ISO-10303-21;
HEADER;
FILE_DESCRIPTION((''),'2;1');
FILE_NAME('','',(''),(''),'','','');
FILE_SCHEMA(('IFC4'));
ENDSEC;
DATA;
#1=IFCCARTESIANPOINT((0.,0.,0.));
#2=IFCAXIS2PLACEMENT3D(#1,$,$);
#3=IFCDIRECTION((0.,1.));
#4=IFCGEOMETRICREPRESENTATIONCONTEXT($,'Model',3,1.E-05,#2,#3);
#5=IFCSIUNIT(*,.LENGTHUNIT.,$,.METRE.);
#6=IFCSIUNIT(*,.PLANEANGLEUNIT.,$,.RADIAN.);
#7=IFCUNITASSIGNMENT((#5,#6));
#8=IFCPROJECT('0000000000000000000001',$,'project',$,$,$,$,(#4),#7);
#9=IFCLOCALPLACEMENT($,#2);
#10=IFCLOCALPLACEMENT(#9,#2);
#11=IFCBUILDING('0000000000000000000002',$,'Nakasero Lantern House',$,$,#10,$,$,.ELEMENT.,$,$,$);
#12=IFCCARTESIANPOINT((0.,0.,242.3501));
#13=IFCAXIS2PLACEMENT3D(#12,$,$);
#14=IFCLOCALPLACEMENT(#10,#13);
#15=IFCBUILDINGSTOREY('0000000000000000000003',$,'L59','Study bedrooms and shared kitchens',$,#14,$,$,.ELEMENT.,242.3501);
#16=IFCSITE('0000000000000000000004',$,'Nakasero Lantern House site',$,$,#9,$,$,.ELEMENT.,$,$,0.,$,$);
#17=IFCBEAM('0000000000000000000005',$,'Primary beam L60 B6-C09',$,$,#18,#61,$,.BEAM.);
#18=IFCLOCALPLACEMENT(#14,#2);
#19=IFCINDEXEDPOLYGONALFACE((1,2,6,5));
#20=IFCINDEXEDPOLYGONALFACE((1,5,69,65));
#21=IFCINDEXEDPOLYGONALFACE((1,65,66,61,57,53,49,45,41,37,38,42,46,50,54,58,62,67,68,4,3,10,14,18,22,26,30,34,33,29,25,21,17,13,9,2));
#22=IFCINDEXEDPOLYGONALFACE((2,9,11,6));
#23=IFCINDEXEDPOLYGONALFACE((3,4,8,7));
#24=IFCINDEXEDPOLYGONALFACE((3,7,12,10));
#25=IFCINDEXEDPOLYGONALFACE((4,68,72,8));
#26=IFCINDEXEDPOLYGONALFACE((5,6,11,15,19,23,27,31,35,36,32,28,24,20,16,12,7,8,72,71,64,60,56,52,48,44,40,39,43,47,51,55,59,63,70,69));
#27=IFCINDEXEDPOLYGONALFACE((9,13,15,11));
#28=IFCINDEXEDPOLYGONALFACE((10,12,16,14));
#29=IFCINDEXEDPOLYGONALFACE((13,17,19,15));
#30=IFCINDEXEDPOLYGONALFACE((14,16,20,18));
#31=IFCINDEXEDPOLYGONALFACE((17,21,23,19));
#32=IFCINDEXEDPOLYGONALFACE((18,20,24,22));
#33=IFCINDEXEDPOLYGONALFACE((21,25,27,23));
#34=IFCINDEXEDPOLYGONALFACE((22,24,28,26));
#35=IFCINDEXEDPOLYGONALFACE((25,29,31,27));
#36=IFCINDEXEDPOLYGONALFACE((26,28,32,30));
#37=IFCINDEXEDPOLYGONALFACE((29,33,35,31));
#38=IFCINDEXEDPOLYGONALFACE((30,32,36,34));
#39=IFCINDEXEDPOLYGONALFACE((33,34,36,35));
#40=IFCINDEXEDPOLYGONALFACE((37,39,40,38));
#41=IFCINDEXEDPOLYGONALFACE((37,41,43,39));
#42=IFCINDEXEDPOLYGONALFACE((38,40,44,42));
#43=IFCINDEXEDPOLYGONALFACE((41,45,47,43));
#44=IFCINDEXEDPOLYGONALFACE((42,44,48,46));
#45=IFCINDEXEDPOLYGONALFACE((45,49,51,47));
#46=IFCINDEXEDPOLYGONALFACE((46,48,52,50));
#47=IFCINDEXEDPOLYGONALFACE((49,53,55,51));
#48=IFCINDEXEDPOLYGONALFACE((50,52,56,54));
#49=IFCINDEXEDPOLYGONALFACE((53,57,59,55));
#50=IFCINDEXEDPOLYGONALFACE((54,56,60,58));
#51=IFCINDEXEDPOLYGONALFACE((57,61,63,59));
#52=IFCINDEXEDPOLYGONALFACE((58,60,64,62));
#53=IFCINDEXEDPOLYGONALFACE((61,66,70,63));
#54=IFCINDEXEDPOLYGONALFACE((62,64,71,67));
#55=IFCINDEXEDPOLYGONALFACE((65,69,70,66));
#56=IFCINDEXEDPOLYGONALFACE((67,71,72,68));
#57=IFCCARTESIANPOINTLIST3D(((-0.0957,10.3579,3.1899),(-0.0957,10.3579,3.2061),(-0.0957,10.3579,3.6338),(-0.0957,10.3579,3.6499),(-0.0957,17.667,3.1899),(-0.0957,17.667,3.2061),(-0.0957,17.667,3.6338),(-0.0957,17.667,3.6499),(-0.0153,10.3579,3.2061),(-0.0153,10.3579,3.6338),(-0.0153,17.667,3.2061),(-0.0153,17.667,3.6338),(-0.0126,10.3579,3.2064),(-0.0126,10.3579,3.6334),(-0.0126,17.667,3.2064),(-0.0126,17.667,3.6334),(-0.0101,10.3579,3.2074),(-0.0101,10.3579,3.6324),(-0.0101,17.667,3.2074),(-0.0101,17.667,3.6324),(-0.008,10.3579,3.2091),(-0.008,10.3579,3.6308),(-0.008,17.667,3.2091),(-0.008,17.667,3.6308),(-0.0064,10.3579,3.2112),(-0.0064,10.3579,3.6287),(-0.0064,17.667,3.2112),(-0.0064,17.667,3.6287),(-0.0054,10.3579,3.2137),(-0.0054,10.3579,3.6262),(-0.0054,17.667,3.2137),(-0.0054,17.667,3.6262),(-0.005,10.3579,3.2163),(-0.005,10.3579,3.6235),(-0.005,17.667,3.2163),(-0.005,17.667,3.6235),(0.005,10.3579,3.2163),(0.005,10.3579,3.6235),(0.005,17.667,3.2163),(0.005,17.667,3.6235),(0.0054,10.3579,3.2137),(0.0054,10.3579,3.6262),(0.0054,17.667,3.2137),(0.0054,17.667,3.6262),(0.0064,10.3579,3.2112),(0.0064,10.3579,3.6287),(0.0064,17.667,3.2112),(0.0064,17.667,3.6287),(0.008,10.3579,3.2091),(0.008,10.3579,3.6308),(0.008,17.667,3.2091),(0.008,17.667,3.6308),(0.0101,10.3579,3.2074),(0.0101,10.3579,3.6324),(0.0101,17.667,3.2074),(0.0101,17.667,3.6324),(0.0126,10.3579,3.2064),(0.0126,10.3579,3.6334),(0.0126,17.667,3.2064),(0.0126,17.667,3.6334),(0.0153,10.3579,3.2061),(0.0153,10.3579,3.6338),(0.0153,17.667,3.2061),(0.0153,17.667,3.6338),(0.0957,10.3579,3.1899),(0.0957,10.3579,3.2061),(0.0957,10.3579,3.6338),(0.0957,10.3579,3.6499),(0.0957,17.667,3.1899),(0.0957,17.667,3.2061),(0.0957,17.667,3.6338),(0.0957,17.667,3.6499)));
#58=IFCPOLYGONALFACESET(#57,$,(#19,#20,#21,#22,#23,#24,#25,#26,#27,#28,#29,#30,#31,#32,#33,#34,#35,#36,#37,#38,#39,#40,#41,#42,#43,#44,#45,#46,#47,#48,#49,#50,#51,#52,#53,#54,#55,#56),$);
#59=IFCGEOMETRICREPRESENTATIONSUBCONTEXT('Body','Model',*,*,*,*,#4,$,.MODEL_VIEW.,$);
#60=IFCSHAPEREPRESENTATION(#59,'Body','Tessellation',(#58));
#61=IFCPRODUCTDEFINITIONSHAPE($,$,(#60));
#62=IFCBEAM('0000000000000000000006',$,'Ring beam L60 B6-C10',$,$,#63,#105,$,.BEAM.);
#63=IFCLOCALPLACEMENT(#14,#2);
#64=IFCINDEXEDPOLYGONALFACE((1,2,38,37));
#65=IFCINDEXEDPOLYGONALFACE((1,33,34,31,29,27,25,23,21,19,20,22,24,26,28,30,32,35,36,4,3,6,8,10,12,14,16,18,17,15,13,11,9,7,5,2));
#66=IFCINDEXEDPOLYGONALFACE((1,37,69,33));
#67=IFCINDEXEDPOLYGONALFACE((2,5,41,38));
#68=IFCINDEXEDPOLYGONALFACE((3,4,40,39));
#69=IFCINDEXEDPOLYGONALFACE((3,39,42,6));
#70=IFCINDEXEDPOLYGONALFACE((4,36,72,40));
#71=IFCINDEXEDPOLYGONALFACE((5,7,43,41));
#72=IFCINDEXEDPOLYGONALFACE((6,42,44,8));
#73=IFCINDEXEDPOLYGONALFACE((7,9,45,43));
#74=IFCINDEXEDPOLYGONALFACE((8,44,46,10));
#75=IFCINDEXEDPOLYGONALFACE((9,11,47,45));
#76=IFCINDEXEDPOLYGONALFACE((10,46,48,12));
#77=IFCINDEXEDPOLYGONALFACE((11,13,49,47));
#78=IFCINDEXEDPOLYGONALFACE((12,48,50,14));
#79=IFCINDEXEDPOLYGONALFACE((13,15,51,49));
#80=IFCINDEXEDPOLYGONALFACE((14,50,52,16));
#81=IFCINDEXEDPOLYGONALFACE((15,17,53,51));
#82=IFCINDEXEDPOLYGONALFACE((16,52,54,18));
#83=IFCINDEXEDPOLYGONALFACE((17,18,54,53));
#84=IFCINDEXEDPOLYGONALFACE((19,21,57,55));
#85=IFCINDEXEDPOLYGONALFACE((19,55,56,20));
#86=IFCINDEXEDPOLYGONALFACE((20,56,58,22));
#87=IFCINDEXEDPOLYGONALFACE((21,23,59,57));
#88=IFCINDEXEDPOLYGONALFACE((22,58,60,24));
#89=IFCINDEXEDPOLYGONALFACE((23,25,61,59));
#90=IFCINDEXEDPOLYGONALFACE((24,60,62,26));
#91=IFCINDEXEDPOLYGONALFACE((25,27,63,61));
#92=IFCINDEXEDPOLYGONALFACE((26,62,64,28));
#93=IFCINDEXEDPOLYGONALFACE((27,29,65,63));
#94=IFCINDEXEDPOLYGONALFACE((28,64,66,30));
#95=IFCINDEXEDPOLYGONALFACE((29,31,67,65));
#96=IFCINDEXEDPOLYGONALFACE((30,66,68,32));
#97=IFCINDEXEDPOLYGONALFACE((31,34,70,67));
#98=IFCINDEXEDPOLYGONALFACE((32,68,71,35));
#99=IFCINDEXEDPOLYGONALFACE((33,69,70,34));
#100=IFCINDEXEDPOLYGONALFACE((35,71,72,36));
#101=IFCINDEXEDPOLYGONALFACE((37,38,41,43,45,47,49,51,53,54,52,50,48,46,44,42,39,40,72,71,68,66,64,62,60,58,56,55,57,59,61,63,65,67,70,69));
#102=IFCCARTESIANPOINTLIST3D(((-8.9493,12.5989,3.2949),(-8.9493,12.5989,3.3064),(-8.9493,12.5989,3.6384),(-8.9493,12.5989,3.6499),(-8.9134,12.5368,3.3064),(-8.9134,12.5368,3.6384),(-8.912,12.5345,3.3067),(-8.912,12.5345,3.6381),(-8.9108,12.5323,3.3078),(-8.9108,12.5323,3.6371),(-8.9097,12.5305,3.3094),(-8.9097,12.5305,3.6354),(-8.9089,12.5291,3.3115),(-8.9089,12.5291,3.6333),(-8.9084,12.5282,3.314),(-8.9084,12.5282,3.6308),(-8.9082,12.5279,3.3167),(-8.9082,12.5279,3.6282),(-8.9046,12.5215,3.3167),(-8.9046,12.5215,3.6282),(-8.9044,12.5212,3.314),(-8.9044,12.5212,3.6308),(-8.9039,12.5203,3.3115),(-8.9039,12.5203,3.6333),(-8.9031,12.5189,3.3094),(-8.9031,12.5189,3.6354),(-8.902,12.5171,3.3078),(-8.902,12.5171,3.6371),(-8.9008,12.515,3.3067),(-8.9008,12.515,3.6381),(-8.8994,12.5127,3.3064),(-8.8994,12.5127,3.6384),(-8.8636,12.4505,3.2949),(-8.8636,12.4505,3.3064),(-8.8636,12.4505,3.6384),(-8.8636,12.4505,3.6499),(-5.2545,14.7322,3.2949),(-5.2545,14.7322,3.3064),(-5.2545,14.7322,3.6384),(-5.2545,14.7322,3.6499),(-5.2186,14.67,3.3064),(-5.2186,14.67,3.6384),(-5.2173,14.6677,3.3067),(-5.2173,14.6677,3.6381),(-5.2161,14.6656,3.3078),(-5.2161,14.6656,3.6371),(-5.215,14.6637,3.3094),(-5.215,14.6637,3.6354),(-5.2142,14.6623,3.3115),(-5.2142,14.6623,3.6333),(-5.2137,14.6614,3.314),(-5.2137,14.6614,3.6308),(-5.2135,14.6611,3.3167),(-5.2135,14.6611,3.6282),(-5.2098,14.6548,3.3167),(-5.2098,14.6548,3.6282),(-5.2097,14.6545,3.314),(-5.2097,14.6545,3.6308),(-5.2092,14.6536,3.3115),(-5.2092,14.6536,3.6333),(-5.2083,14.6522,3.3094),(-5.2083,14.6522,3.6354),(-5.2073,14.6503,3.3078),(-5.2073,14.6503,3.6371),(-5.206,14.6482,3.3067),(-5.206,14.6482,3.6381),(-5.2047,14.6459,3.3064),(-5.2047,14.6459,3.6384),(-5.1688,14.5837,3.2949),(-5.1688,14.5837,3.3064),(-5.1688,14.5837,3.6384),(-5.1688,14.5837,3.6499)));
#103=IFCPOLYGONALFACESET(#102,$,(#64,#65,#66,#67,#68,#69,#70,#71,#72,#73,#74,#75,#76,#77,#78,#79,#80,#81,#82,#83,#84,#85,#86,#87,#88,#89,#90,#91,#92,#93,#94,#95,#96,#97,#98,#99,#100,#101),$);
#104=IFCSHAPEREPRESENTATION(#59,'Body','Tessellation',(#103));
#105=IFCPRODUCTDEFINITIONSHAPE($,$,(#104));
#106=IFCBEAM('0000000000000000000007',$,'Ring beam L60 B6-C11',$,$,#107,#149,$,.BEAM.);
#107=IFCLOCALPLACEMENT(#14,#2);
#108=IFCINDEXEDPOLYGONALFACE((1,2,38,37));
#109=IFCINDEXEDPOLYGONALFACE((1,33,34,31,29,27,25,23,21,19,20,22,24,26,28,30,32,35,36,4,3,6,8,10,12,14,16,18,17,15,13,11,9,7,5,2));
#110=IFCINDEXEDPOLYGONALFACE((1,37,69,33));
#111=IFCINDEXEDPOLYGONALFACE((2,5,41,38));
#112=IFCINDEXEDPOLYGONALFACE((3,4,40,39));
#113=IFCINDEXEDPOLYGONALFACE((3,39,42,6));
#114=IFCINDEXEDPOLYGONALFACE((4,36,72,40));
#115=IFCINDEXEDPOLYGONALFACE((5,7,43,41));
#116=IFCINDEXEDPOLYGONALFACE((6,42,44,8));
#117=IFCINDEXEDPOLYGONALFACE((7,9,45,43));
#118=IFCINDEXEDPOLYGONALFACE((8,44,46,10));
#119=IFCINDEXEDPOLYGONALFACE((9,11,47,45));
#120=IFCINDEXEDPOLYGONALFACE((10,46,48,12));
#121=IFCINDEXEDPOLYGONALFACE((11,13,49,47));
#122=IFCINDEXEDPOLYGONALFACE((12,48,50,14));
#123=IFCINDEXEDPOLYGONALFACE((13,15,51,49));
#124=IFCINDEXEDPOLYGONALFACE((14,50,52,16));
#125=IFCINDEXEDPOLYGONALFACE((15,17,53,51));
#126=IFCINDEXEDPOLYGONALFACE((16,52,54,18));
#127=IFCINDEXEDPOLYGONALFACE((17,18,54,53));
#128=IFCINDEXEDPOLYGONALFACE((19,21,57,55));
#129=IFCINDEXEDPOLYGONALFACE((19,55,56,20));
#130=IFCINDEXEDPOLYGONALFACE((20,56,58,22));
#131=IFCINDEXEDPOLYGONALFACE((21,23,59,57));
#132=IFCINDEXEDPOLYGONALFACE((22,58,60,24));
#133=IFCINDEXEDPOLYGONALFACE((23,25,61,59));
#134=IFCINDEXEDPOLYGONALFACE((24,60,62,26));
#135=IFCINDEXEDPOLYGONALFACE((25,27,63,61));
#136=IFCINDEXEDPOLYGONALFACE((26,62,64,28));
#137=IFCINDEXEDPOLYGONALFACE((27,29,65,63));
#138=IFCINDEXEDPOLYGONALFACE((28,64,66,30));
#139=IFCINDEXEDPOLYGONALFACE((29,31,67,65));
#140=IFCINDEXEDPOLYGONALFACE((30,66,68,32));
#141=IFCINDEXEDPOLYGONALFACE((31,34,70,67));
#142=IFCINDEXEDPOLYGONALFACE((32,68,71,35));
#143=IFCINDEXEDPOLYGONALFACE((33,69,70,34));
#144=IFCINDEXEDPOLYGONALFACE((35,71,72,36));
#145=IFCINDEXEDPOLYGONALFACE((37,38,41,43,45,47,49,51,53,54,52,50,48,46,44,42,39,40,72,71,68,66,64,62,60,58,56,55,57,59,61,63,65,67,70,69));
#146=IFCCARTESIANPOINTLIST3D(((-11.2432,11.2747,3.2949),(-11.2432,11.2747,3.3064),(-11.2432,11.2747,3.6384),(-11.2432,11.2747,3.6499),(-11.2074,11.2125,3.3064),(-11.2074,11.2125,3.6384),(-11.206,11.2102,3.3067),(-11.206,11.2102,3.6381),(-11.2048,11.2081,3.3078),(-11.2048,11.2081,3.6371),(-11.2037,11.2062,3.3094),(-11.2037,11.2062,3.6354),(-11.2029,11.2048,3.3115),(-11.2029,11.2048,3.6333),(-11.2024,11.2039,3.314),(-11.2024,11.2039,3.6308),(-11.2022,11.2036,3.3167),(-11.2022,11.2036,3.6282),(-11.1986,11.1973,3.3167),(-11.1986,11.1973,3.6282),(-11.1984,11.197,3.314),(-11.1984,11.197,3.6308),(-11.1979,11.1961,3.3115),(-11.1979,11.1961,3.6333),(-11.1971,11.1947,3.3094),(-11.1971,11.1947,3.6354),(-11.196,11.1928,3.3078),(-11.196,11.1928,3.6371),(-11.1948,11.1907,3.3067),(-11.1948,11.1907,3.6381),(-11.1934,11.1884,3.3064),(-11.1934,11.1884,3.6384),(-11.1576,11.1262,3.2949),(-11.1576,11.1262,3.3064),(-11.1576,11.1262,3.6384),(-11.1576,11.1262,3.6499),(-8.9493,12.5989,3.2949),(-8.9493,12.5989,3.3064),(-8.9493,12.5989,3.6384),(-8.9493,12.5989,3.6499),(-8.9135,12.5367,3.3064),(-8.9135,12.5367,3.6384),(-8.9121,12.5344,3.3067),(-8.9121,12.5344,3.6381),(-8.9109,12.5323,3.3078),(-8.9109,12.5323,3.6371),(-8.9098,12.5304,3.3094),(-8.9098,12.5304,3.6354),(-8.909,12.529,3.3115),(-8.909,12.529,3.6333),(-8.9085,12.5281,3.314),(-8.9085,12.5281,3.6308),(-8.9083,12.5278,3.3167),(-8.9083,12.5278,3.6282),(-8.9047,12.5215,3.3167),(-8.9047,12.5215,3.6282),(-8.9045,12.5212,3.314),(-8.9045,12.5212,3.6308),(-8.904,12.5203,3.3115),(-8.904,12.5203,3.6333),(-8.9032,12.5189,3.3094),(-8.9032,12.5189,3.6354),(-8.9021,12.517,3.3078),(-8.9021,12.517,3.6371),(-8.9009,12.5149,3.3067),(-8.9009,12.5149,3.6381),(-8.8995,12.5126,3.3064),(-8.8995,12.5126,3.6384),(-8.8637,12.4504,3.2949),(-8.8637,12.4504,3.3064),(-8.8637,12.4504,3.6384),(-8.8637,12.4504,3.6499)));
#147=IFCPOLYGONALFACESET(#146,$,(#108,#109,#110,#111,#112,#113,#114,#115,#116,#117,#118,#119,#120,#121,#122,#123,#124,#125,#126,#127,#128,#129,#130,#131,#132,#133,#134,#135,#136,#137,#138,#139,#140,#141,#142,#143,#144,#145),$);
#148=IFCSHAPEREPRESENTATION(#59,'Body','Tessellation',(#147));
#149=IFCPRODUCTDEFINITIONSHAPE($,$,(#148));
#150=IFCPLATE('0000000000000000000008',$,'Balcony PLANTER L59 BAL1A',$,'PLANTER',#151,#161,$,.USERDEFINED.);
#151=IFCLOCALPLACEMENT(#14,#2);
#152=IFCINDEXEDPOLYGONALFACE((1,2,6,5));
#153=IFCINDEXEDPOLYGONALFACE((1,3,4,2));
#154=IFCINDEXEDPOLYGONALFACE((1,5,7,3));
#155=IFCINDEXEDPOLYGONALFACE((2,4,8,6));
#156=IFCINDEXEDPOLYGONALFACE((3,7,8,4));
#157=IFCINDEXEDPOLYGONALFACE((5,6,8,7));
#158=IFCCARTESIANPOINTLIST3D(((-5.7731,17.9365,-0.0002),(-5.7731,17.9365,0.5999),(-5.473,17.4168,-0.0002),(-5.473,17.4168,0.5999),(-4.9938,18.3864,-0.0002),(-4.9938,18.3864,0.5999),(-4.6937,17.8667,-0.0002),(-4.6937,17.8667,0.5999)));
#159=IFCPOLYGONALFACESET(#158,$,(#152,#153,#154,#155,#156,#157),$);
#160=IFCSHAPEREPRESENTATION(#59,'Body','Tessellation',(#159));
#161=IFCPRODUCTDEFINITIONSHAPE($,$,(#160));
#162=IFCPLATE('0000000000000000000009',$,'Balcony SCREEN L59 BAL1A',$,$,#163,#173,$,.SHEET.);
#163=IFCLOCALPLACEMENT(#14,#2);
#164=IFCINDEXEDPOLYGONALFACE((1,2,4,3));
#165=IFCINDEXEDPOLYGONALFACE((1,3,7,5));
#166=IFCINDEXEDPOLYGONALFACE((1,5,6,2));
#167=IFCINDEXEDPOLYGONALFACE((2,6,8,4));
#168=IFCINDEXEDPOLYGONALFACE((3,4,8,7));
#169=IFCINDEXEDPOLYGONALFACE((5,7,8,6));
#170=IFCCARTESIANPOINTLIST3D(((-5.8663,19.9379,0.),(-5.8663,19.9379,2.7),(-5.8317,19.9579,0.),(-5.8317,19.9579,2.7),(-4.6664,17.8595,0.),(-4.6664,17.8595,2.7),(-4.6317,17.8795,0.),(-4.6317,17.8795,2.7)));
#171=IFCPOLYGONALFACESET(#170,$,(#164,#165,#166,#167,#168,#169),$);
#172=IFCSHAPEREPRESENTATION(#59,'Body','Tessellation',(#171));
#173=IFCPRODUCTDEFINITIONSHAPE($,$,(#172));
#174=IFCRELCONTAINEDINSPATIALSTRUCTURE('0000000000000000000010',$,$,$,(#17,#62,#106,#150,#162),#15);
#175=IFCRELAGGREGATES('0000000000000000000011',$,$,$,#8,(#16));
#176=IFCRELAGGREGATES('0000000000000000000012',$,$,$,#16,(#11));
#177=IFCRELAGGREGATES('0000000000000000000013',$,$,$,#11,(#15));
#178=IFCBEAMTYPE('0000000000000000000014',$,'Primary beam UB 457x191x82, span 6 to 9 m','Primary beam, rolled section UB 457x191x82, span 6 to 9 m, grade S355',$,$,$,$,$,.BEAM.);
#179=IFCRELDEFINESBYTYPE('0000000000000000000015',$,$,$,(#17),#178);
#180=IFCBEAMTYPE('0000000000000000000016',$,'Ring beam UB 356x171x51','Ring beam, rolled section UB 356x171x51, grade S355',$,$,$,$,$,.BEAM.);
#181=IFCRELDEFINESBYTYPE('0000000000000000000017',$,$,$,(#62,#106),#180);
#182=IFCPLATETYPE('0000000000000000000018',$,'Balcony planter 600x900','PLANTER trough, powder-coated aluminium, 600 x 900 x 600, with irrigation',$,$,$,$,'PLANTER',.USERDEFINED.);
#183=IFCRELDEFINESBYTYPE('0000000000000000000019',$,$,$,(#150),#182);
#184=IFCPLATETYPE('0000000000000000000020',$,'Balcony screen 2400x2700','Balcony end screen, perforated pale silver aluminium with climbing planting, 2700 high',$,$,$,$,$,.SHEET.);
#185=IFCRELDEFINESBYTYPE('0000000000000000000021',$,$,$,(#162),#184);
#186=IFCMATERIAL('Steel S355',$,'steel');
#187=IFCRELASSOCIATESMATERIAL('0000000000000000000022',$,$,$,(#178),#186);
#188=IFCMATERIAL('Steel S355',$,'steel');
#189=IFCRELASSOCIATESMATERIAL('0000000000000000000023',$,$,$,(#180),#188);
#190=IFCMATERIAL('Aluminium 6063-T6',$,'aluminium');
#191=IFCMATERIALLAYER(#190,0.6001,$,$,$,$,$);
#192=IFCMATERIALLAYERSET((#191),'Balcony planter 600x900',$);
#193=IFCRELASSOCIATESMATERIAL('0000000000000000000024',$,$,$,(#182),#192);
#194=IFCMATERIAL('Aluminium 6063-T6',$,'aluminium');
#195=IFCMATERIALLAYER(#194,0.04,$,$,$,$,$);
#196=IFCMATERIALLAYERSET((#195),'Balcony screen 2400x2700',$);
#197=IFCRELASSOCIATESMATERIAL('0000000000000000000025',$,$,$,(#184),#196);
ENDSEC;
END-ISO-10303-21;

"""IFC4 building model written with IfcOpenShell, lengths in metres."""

from ifc_helpers import new_model, si_unit, direction, frame, origin, origin_2d, place, context, subcontext, project, spatial, rectangle, i_section, extrude, material, layer, layer_set, material_profile, profile_set, type_object, element, save


model = new_model("IFC4")

# Units and contexts
model_context = context("Model", 3, precision=1e-05, world=origin(), true_north=direction((0.0, 1.0)))
body_context = subcontext(model_context, "Body", "Model", "MODEL_VIEW")
ifc_project = project(units=[si_unit("LENGTHUNIT", "METRE"), si_unit("PLANEANGLEUNIT", "RADIAN")], contexts=[model_context])

# Site, building, storey
site_placement = place(None, origin())
site = spatial("IfcSite", under=ifc_project, at=site_placement, Name="Nakasero Lantern House site", CompositionType="ELEMENT", RefElevation=0.0)
building_placement = place(site_placement, origin())
building = spatial("IfcBuilding", under=site, at=building_placement, Name="Nakasero Lantern House", CompositionType="ELEMENT")
storey_placement = place(building_placement, frame((0.0, 0.0, 242.3501)))
storey = spatial("IfcBuildingStorey", under=building, at=storey_placement, Name="L59", Description="Study bedrooms and shared kitchens", CompositionType="ELEMENT", Elevation=242.3501)

# Beams
ifc_material_1 = material(Name="Steel S355", Category="steel")
ifc_material_profile_1 = material_profile(ifc_material_1, i_section(OverallWidth=0.1914, OverallDepth=0.46, WebThickness=0.01, FlangeThickness=0.0161, FilletRadius=0.0103, at=origin_2d()), Name="UB 457x191x82")
ifc_profile_set_1 = profile_set([ifc_material_profile_1], Name="Steel S355")
beam_type_1 = type_object("IfcBeamType", Name="Primary beam UB 457x191x82, span 6 to 9 m", Description="Primary beam, rolled section UB 457x191x82, span 6 to 9 m, grade S355", PredefinedType="BEAM", material=ifc_profile_set_1)
beam_1_placement = place(storey_placement, frame((0.0, 17.667, 3.4199), z_axis=(0.0, -1.0, 0.0), x_axis=(1.0, 0.0, 0.0)))
element("IfcBeam", 1, at=beam_1_placement, inside=storey, type_object=beam_type_1, Name="Primary beam L60 B6-C09", PredefinedType="BEAM", context=body_context, shape_type="SweptSolid", body=[
    extrude(i_section(OverallWidth=0.1914, OverallDepth=0.46, WebThickness=0.01, FlangeThickness=0.0161, FilletRadius=0.0103, at=origin_2d()), origin(), (0.0, 0.0, 1.0), 7.3091),
])
ifc_material_2 = material(Name="Steel S355", Category="steel")
ifc_material_profile_2 = material_profile(ifc_material_2, i_section(OverallWidth=0.1714, OverallDepth=0.355, WebThickness=0.0073, FlangeThickness=0.0115, FilletRadius=0.0103, at=origin_2d()), Name="UB 356x171x51")
ifc_profile_set_2 = profile_set([ifc_material_profile_2], Name="Steel S355")
beam_type_2 = type_object("IfcBeamType", Name="Ring beam UB 356x171x51", Description="Ring beam, rolled section UB 356x171x51, grade S355", PredefinedType="BEAM", material=ifc_profile_set_2)
beam_2_placement = place(storey_placement, frame((-5.2117, 14.658, 3.4724), z_axis=(-0.866016, -0.500016, 0.0), x_axis=(0.500016, -0.866016, 0.0)))
element("IfcBeam", 2, at=beam_2_placement, inside=storey, type_object=beam_type_2, Name="Ring beam L60 B6-C10", PredefinedType="BEAM", context=body_context, shape_type="SweptSolid", body=[
    extrude(i_section(OverallWidth=0.1714, OverallDepth=0.355, WebThickness=0.0073, FlangeThickness=0.0115, FilletRadius=0.0103, at=origin_2d()), origin(), (0.0, 0.0, 1.0), 4.2664),
])
beam_3_placement = place(storey_placement, frame((-8.9065, 12.5247, 3.4724), z_axis=(-0.866057, -0.499946, 0.0), x_axis=(0.499946, -0.866057, 0.0)))
element("IfcBeam", 3, at=beam_3_placement, inside=storey, type_object=beam_type_2, Name="Ring beam L60 B6-C11", PredefinedType="BEAM", context=body_context, shape_type="SweptSolid", body=[
    extrude(i_section(OverallWidth=0.1714, OverallDepth=0.355, WebThickness=0.0073, FlangeThickness=0.0115, FilletRadius=0.0103, at=origin_2d()), origin(), (0.0, 0.0, 1.0), 2.6487),
])

# Plates
ifc_material_3 = material(Name="Aluminium 6063-T6", Category="aluminium")
ifc_layer_1 = layer(ifc_material_3, 0.6001)
ifc_layer_set_1 = layer_set([ifc_layer_1], Name="Balcony planter 600x900")
plate_type_1 = type_object("IfcPlateType", Name="Balcony planter 600x900", Description="PLANTER trough, powder-coated aluminium, 600 x 900 x 600, with irrigation", ElementType="PLANTER", PredefinedType="USERDEFINED", material=ifc_layer_set_1)
plate_1_placement = place(storey_placement, frame((-5.2334, 17.9016, -0.0002), z_axis=(0.0, 0.0, 1.0), x_axis=(-0.5, 0.866025, 0.0)))
element("IfcPlate", 4, at=plate_1_placement, inside=storey, type_object=plate_type_1, Name="Balcony PLANTER L59 BAL1A", ObjectType="PLANTER", PredefinedType="USERDEFINED", context=body_context, shape_type="SweptSolid", body=[
    extrude(rectangle(XDim=0.6001, YDim=0.8999, at=origin_2d()), origin(), (0.0, 0.0, 1.0), 0.6001),
])
ifc_material_4 = material(Name="Aluminium 6063-T6", Category="aluminium")
ifc_layer_2 = layer(ifc_material_4, 0.04)
ifc_layer_set_2 = layer_set([ifc_layer_2], Name="Balcony screen 2400x2700")
plate_type_2 = type_object("IfcPlateType", Name="Balcony screen 2400x2700", Description="Balcony end screen, perforated pale silver aluminium with climbing planting, 2700 high", PredefinedType="SHEET", material=ifc_layer_set_2)
plate_2_placement = place(storey_placement, frame((-5.249, 18.9087, 0.0), z_axis=(0.0, 0.0, 1.0), x_axis=(-0.5, 0.866025, 0.0)))
element("IfcPlate", 5, at=plate_2_placement, inside=storey, type_object=plate_type_2, Name="Balcony SCREEN L59 BAL1A", PredefinedType="SHEET", context=body_context, shape_type="SweptSolid", body=[
    extrude(rectangle(XDim=2.3999, YDim=0.04, at=origin_2d()), origin(), (0.0, 0.0, 1.0), 2.7),
])

save(model, "model.ifc")
